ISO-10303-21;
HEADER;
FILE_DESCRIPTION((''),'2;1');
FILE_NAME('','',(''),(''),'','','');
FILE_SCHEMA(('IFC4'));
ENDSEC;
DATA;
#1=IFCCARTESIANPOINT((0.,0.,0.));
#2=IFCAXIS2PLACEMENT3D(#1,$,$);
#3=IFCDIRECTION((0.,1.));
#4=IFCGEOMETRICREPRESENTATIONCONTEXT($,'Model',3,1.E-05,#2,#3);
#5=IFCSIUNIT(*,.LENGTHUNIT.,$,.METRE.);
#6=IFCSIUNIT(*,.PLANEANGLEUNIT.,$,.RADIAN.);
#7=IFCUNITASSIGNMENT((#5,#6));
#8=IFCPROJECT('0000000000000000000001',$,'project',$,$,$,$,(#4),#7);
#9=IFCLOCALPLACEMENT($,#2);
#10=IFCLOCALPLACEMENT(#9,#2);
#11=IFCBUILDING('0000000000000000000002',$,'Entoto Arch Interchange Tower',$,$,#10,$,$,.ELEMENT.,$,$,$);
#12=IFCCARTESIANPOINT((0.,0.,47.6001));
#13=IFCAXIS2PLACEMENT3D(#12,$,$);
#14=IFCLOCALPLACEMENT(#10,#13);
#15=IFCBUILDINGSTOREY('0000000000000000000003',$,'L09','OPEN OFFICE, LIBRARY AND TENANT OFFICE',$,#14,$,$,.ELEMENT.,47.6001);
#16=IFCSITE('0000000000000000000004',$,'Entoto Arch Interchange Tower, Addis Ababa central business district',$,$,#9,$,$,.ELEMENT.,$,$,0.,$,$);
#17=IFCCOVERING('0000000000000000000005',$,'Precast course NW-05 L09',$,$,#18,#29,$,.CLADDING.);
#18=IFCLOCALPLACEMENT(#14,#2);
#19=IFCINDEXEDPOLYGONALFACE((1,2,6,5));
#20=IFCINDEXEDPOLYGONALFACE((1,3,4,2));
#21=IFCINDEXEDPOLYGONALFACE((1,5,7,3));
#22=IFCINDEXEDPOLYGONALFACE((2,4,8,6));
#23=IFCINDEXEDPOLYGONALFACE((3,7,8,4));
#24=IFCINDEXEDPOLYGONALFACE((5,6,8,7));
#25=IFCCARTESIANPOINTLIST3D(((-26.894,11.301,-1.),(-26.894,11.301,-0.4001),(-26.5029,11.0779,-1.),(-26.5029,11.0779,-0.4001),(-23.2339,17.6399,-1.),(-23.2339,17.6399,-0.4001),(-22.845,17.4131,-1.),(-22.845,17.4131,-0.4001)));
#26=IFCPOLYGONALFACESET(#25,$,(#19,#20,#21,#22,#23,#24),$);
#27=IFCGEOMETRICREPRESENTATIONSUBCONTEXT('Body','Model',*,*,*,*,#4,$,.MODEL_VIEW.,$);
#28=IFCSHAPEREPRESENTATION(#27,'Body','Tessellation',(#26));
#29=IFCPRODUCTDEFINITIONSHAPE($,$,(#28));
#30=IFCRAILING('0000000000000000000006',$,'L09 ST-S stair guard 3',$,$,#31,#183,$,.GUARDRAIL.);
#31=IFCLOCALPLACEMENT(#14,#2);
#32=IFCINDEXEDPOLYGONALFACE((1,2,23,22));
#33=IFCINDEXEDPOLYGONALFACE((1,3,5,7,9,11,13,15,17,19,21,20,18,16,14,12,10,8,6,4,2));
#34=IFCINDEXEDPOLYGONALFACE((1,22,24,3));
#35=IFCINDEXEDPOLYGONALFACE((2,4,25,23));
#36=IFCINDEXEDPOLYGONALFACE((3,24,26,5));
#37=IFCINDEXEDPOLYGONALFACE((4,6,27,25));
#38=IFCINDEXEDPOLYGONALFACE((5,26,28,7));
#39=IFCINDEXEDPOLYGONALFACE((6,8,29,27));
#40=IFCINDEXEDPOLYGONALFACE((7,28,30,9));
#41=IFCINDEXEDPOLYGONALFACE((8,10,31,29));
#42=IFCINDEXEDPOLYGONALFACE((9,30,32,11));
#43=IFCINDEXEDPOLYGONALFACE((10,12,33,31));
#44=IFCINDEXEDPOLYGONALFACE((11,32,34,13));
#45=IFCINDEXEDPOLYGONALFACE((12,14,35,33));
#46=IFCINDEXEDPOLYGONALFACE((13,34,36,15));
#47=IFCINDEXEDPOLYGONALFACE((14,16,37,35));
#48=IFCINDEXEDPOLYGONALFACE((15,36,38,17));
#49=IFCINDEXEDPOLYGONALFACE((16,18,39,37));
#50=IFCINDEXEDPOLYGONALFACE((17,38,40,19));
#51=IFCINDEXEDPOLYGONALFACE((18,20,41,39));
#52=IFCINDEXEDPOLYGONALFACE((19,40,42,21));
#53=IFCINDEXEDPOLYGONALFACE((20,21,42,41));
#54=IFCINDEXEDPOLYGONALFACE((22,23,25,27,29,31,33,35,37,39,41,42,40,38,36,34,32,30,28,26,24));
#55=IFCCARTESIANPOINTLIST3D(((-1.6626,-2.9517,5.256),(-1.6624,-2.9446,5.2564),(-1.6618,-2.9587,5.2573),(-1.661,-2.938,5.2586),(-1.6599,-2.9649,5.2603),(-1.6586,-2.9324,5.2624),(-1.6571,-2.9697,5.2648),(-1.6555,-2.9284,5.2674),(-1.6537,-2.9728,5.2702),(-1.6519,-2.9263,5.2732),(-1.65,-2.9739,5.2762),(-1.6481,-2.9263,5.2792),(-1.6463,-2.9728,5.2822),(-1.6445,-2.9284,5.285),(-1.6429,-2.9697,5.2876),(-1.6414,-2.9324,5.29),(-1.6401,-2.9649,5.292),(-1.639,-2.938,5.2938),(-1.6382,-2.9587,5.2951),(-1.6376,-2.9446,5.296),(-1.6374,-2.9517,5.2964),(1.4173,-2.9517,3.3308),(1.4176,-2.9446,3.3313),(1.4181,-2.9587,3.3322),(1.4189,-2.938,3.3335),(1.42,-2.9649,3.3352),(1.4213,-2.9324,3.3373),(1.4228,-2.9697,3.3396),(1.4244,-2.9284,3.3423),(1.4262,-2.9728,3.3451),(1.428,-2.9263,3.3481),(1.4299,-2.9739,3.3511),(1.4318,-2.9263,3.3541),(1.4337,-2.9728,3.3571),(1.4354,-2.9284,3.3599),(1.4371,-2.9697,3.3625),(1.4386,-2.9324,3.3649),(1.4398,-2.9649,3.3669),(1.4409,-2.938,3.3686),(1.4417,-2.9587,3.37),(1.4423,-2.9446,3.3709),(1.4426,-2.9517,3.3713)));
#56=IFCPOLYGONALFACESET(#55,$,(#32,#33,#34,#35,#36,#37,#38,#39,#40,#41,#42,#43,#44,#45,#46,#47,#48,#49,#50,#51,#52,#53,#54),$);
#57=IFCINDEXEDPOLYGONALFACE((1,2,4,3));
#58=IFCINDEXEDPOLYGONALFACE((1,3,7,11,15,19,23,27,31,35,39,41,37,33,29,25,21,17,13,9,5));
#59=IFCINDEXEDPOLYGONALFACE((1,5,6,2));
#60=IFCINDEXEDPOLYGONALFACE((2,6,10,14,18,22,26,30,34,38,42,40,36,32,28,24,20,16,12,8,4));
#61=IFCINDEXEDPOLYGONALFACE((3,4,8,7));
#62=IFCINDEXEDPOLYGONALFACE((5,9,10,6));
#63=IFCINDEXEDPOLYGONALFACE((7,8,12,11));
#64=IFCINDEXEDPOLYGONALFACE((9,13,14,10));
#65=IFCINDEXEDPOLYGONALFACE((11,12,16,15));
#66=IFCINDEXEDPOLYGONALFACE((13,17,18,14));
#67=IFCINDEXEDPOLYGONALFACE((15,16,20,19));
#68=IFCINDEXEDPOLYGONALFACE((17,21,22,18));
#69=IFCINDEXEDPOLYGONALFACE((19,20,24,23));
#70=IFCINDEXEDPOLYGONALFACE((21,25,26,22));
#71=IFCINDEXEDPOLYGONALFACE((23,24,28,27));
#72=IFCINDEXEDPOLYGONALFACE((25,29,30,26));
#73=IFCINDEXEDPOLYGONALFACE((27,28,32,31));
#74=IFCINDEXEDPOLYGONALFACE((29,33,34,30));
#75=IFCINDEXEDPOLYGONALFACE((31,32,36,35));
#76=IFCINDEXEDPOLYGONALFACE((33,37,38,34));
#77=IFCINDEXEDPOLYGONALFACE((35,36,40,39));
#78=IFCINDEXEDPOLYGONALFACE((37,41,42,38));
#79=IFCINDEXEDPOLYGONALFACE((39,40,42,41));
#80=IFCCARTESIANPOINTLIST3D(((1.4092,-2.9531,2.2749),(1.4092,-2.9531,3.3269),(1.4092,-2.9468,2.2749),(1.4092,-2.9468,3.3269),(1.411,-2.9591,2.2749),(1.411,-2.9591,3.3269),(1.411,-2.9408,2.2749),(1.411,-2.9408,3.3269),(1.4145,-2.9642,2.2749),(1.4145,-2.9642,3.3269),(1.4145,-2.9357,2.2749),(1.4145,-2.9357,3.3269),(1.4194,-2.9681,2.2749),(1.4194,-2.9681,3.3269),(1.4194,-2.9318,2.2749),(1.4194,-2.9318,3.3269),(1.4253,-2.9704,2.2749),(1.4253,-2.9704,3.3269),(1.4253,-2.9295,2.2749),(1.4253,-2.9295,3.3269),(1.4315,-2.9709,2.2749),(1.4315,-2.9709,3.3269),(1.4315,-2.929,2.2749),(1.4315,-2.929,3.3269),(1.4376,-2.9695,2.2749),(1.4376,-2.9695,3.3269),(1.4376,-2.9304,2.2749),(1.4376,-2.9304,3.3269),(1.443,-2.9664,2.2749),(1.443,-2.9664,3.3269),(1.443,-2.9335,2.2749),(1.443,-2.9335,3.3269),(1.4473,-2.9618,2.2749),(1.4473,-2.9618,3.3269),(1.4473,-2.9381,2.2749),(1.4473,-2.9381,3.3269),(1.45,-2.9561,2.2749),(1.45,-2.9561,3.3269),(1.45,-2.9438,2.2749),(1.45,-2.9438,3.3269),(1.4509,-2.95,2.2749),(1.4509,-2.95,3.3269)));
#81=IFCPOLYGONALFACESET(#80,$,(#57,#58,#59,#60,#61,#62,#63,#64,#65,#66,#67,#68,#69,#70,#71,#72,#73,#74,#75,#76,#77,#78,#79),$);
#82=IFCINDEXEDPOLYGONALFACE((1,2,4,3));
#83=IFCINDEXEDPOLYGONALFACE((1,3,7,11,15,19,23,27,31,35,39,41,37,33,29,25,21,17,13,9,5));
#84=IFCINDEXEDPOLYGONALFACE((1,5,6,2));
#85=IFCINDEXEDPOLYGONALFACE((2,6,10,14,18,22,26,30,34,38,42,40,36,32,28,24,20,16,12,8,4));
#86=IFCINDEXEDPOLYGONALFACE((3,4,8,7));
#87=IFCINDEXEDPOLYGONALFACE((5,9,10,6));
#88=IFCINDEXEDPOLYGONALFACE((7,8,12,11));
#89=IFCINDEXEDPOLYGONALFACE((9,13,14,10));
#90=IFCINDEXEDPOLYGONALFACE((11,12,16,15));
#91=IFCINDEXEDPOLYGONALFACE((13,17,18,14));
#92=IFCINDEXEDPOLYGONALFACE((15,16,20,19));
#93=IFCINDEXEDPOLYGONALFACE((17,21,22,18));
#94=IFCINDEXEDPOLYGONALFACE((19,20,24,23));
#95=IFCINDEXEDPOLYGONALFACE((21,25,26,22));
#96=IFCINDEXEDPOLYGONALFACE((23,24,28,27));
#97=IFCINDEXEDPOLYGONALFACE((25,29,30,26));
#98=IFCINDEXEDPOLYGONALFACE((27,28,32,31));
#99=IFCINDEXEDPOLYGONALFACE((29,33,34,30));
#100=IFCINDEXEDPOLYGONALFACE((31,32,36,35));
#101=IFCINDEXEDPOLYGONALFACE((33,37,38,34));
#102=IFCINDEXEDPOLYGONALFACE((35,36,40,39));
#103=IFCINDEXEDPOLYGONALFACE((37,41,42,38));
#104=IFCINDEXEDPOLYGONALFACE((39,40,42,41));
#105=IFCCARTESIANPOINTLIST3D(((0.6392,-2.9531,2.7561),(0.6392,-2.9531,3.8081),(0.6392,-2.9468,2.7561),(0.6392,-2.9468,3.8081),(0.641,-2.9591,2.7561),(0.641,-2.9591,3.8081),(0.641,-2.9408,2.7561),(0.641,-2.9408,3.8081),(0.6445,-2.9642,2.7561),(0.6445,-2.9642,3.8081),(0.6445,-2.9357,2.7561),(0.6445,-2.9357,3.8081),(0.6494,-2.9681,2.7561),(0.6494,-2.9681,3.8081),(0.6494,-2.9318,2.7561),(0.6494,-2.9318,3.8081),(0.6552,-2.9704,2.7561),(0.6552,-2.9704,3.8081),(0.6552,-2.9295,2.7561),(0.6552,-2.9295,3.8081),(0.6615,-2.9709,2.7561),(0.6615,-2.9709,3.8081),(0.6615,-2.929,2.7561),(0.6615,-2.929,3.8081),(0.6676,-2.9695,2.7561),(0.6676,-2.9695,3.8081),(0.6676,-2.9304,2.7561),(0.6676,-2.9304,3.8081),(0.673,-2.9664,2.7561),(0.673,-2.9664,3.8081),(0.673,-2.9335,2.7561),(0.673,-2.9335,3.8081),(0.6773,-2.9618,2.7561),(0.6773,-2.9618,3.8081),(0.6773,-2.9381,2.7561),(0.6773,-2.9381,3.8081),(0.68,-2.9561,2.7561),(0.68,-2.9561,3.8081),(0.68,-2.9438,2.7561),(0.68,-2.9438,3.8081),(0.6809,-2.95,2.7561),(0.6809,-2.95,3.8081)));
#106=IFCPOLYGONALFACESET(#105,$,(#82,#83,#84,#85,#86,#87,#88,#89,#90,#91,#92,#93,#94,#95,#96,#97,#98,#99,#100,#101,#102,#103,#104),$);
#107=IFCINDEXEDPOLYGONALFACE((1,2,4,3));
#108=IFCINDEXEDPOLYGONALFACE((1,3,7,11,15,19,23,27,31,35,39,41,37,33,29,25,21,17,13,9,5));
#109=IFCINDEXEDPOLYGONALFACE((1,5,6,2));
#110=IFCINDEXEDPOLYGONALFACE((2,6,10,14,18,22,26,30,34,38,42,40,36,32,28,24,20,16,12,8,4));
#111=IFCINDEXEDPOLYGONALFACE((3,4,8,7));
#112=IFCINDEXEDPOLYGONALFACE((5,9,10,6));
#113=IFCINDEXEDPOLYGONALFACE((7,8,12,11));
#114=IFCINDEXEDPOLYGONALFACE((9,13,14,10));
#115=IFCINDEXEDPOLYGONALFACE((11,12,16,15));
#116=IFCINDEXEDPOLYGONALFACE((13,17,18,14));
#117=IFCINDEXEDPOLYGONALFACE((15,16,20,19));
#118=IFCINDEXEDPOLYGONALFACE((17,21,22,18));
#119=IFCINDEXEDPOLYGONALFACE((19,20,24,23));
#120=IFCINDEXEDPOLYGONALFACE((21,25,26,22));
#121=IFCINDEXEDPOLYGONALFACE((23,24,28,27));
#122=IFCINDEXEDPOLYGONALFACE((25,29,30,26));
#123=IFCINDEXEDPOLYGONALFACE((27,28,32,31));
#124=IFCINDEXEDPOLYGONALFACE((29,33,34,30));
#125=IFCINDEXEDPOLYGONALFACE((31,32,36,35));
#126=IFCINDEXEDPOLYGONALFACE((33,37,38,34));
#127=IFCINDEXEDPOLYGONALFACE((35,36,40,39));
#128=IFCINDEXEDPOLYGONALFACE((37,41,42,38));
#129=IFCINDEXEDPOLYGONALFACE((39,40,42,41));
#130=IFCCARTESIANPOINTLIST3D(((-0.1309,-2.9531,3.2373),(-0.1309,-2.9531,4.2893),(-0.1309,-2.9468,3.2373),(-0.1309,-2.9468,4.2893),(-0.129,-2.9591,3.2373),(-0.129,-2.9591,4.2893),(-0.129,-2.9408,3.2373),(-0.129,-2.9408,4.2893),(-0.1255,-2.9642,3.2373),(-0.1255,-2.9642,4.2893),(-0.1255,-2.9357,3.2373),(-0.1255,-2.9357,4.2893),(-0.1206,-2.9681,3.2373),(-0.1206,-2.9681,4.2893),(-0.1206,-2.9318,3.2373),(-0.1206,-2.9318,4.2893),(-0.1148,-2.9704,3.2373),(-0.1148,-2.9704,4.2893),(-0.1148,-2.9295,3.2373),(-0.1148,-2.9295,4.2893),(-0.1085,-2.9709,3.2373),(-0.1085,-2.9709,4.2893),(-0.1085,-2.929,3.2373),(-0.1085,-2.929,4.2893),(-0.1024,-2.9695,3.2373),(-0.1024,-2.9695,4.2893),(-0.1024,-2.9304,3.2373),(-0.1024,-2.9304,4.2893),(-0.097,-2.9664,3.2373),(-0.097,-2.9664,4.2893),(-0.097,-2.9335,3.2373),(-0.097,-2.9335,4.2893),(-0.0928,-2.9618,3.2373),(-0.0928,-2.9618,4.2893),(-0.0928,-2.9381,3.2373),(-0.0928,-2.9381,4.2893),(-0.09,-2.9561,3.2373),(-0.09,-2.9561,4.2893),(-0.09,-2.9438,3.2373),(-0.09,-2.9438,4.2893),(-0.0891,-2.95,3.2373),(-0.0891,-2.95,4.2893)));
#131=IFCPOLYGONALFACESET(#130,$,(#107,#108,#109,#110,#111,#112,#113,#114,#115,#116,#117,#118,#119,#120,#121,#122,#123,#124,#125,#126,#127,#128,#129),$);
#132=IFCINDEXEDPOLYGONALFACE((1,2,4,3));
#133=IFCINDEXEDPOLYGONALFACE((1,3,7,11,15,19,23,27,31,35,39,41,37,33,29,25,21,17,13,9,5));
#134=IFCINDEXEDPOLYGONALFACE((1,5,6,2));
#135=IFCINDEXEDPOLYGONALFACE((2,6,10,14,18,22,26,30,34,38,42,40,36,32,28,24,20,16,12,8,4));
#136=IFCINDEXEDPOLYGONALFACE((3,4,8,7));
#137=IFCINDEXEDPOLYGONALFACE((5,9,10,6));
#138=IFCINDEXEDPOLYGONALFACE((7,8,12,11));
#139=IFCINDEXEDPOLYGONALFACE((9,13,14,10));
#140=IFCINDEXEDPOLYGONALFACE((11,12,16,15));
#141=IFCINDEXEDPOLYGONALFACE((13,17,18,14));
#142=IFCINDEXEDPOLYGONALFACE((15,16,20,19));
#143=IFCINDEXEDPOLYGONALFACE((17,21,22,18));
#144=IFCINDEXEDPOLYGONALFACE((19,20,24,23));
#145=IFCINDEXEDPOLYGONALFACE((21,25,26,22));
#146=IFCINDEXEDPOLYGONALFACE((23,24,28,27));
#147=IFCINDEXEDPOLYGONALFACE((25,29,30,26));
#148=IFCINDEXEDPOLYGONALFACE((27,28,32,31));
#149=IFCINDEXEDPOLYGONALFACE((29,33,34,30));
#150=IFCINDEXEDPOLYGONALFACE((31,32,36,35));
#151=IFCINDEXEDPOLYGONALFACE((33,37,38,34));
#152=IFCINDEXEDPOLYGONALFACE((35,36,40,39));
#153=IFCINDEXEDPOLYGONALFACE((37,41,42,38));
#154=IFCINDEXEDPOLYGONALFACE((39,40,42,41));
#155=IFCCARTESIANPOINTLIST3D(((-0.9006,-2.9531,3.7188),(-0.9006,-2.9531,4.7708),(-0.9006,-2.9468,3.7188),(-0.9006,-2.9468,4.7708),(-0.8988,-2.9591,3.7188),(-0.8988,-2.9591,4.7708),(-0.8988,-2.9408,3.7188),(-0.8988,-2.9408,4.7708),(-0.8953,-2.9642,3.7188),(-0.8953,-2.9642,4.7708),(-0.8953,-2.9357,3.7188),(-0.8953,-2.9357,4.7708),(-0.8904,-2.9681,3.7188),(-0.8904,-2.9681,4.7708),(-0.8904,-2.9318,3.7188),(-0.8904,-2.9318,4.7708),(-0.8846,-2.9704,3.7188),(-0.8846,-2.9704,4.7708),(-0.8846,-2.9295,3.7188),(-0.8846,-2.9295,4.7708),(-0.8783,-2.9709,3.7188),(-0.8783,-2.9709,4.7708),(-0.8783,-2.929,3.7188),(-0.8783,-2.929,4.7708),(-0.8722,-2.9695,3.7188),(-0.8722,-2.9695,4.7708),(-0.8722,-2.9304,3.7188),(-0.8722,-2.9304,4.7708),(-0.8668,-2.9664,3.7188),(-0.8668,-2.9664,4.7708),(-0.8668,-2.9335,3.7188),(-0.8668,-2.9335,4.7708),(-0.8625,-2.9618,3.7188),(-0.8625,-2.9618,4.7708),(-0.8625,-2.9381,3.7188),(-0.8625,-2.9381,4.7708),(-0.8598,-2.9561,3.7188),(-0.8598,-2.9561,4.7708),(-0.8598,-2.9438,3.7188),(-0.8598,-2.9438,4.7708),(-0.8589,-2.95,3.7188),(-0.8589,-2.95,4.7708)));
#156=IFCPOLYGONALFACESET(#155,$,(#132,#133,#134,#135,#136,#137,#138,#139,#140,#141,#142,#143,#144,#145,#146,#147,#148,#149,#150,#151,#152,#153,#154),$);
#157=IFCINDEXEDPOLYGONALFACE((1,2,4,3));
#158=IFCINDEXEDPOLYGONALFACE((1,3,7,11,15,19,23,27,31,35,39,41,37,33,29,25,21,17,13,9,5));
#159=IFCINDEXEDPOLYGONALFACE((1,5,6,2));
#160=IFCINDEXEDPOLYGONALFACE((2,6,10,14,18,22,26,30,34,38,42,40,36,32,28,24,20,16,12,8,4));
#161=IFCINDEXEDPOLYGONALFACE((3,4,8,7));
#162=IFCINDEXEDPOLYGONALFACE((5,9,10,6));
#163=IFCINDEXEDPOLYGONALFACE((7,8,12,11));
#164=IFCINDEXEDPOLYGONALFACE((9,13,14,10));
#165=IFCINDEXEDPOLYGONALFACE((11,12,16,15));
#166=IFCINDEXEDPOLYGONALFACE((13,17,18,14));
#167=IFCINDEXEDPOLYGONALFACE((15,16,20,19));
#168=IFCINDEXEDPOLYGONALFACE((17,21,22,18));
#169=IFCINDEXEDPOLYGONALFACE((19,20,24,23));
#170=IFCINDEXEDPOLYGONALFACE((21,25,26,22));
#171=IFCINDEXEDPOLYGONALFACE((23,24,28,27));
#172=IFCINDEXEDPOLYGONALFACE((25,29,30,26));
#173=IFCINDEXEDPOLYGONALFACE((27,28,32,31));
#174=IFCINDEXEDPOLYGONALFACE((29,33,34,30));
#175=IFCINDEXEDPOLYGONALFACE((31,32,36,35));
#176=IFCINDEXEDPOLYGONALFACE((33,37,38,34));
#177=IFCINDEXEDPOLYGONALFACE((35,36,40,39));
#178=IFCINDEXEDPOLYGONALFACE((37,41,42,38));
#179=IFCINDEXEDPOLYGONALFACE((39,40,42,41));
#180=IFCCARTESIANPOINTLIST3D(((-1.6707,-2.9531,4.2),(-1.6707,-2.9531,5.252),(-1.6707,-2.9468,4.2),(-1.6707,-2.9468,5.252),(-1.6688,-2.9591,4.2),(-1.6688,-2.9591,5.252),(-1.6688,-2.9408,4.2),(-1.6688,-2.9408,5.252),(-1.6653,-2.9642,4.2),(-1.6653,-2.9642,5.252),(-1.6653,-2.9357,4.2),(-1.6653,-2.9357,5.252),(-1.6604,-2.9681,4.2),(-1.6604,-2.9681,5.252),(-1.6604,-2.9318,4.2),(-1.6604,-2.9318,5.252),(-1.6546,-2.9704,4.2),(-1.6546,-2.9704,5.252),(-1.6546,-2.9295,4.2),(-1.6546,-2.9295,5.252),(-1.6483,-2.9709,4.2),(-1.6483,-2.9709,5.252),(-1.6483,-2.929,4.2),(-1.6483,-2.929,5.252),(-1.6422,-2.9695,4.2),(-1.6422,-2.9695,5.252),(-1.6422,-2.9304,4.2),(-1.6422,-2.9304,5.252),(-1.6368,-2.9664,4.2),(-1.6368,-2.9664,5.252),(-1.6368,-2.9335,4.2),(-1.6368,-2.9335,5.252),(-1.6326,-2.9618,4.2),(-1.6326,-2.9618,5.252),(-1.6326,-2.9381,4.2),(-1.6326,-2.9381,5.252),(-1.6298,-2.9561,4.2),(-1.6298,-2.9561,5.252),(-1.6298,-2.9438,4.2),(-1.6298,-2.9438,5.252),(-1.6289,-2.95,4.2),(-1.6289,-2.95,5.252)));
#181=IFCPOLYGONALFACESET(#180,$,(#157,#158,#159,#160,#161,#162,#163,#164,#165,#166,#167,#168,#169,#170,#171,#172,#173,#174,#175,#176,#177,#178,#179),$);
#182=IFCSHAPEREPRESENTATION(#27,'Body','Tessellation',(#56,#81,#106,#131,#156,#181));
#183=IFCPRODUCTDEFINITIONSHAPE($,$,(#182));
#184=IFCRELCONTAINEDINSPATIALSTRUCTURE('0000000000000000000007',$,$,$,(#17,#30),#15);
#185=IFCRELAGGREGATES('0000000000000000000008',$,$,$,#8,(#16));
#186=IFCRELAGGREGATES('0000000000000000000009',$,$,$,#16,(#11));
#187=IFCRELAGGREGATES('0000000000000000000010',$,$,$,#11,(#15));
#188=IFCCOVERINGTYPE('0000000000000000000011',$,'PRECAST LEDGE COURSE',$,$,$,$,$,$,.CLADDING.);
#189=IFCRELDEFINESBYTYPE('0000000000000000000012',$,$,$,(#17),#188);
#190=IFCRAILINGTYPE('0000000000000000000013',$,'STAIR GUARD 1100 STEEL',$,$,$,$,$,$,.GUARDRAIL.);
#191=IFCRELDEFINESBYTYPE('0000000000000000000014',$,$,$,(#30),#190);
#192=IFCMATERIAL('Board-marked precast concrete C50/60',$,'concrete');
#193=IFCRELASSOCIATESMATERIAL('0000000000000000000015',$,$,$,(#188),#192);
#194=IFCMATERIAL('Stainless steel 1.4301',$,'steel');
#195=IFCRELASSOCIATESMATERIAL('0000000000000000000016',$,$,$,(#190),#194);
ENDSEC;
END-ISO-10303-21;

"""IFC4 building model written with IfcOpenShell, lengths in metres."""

from ifc_helpers import new_model, si_unit, direction, frame, origin, origin_2d, place, context, subcontext, project, spatial, polyline, circle, outline, extrude, material, type_object, element, save


model = new_model("IFC4")

# Units and contexts
model_context = context("Model", 3, precision=1e-05, world=origin(), true_north=direction((0.0, 1.0)))
body_context = subcontext(model_context, "Body", "Model", "MODEL_VIEW")
ifc_project = project(units=[si_unit("LENGTHUNIT", "METRE"), si_unit("PLANEANGLEUNIT", "RADIAN")], contexts=[model_context])

# Site, building, storey
site_placement = place(None, origin())
site = spatial("IfcSite", under=ifc_project, at=site_placement, Name="Entoto Arch Interchange Tower, Addis Ababa central business district", CompositionType="ELEMENT", RefElevation=0.0)
building_placement = place(site_placement, origin())
building = spatial("IfcBuilding", under=site, at=building_placement, Name="Entoto Arch Interchange Tower", CompositionType="ELEMENT")
storey_placement = place(building_placement, frame((0.0, 0.0, 47.6001)))
storey = spatial("IfcBuildingStorey", under=building, at=storey_placement, Name="L09", Description="OPEN OFFICE, LIBRARY AND TENANT OFFICE", CompositionType="ELEMENT", Elevation=47.6001)

# Covering
ifc_material_1 = material(Name="Board-marked precast concrete C50/60", Category="concrete")
covering_type = type_object("IfcCoveringType", Name="PRECAST LEDGE COURSE", PredefinedType="CLADDING", material=ifc_material_1)
covering_1_placement = place(storey_placement, frame((0.0, 0.0, -1.0)))
element("IfcCovering", 1, at=covering_1_placement, inside=storey, type_object=covering_type, Name="Precast course NW-05 L09", PredefinedType="CLADDING", context=body_context, shape_type="SweptSolid", body=[
    extrude(outline(polyline([(-26.5029, 11.0779), (-26.894, 11.301), (-23.2339, 17.6399), (-22.845, 17.4131), (-26.5029, 11.0779)])), origin(), (0.0, 0.0, 1.0), 0.5999),
])

# Railing
ifc_material_2 = material(Name="Stainless steel 1.4301", Category="steel")
railing_type_1 = type_object("IfcRailingType", Name="STAIR GUARD 1100 STEEL", PredefinedType="GUARDRAIL", material=ifc_material_2)
railing_1_placement = place(storey_placement, frame((1.4299, -2.95, 2.2749)))
element("IfcRailing", 2, at=railing_1_placement, inside=storey, type_object=railing_type_1, Name="L09 ST-S stair guard 3", PredefinedType="GUARDRAIL", context=body_context, shape_type="SweptSolid", body=[
    extrude(circle(Radius=0.0239, at=origin_2d()), frame((0.0, 0.0, 1.0762), z_axis=(-0.847979, 0.0, 0.530029), x_axis=(0.0, -1.0, 0.0)), (0.0, 0.0, 1.0), 3.6321),
    extrude(circle(Radius=0.021, at=origin_2d()), origin(), (0.0, 0.0, 1.0), 1.052),
    extrude(circle(Radius=0.021, at=origin_2d()), frame((-0.77, 0.0, 0.4812)), (0.0, 0.0, 1.0), 1.052),
    extrude(circle(Radius=0.021, at=origin_2d()), frame((-1.54, 0.0, 0.9624)), (0.0, 0.0, 1.0), 1.052),
    extrude(circle(Radius=0.021, at=origin_2d()), frame((-2.3098, 0.0, 1.4438)), (0.0, 0.0, 1.0), 1.052),
    extrude(circle(Radius=0.021, at=origin_2d()), frame((-3.0798, 0.0, 1.925)), (0.0, 0.0, 1.0), 1.052),
])

save(model, "model.ifc")
